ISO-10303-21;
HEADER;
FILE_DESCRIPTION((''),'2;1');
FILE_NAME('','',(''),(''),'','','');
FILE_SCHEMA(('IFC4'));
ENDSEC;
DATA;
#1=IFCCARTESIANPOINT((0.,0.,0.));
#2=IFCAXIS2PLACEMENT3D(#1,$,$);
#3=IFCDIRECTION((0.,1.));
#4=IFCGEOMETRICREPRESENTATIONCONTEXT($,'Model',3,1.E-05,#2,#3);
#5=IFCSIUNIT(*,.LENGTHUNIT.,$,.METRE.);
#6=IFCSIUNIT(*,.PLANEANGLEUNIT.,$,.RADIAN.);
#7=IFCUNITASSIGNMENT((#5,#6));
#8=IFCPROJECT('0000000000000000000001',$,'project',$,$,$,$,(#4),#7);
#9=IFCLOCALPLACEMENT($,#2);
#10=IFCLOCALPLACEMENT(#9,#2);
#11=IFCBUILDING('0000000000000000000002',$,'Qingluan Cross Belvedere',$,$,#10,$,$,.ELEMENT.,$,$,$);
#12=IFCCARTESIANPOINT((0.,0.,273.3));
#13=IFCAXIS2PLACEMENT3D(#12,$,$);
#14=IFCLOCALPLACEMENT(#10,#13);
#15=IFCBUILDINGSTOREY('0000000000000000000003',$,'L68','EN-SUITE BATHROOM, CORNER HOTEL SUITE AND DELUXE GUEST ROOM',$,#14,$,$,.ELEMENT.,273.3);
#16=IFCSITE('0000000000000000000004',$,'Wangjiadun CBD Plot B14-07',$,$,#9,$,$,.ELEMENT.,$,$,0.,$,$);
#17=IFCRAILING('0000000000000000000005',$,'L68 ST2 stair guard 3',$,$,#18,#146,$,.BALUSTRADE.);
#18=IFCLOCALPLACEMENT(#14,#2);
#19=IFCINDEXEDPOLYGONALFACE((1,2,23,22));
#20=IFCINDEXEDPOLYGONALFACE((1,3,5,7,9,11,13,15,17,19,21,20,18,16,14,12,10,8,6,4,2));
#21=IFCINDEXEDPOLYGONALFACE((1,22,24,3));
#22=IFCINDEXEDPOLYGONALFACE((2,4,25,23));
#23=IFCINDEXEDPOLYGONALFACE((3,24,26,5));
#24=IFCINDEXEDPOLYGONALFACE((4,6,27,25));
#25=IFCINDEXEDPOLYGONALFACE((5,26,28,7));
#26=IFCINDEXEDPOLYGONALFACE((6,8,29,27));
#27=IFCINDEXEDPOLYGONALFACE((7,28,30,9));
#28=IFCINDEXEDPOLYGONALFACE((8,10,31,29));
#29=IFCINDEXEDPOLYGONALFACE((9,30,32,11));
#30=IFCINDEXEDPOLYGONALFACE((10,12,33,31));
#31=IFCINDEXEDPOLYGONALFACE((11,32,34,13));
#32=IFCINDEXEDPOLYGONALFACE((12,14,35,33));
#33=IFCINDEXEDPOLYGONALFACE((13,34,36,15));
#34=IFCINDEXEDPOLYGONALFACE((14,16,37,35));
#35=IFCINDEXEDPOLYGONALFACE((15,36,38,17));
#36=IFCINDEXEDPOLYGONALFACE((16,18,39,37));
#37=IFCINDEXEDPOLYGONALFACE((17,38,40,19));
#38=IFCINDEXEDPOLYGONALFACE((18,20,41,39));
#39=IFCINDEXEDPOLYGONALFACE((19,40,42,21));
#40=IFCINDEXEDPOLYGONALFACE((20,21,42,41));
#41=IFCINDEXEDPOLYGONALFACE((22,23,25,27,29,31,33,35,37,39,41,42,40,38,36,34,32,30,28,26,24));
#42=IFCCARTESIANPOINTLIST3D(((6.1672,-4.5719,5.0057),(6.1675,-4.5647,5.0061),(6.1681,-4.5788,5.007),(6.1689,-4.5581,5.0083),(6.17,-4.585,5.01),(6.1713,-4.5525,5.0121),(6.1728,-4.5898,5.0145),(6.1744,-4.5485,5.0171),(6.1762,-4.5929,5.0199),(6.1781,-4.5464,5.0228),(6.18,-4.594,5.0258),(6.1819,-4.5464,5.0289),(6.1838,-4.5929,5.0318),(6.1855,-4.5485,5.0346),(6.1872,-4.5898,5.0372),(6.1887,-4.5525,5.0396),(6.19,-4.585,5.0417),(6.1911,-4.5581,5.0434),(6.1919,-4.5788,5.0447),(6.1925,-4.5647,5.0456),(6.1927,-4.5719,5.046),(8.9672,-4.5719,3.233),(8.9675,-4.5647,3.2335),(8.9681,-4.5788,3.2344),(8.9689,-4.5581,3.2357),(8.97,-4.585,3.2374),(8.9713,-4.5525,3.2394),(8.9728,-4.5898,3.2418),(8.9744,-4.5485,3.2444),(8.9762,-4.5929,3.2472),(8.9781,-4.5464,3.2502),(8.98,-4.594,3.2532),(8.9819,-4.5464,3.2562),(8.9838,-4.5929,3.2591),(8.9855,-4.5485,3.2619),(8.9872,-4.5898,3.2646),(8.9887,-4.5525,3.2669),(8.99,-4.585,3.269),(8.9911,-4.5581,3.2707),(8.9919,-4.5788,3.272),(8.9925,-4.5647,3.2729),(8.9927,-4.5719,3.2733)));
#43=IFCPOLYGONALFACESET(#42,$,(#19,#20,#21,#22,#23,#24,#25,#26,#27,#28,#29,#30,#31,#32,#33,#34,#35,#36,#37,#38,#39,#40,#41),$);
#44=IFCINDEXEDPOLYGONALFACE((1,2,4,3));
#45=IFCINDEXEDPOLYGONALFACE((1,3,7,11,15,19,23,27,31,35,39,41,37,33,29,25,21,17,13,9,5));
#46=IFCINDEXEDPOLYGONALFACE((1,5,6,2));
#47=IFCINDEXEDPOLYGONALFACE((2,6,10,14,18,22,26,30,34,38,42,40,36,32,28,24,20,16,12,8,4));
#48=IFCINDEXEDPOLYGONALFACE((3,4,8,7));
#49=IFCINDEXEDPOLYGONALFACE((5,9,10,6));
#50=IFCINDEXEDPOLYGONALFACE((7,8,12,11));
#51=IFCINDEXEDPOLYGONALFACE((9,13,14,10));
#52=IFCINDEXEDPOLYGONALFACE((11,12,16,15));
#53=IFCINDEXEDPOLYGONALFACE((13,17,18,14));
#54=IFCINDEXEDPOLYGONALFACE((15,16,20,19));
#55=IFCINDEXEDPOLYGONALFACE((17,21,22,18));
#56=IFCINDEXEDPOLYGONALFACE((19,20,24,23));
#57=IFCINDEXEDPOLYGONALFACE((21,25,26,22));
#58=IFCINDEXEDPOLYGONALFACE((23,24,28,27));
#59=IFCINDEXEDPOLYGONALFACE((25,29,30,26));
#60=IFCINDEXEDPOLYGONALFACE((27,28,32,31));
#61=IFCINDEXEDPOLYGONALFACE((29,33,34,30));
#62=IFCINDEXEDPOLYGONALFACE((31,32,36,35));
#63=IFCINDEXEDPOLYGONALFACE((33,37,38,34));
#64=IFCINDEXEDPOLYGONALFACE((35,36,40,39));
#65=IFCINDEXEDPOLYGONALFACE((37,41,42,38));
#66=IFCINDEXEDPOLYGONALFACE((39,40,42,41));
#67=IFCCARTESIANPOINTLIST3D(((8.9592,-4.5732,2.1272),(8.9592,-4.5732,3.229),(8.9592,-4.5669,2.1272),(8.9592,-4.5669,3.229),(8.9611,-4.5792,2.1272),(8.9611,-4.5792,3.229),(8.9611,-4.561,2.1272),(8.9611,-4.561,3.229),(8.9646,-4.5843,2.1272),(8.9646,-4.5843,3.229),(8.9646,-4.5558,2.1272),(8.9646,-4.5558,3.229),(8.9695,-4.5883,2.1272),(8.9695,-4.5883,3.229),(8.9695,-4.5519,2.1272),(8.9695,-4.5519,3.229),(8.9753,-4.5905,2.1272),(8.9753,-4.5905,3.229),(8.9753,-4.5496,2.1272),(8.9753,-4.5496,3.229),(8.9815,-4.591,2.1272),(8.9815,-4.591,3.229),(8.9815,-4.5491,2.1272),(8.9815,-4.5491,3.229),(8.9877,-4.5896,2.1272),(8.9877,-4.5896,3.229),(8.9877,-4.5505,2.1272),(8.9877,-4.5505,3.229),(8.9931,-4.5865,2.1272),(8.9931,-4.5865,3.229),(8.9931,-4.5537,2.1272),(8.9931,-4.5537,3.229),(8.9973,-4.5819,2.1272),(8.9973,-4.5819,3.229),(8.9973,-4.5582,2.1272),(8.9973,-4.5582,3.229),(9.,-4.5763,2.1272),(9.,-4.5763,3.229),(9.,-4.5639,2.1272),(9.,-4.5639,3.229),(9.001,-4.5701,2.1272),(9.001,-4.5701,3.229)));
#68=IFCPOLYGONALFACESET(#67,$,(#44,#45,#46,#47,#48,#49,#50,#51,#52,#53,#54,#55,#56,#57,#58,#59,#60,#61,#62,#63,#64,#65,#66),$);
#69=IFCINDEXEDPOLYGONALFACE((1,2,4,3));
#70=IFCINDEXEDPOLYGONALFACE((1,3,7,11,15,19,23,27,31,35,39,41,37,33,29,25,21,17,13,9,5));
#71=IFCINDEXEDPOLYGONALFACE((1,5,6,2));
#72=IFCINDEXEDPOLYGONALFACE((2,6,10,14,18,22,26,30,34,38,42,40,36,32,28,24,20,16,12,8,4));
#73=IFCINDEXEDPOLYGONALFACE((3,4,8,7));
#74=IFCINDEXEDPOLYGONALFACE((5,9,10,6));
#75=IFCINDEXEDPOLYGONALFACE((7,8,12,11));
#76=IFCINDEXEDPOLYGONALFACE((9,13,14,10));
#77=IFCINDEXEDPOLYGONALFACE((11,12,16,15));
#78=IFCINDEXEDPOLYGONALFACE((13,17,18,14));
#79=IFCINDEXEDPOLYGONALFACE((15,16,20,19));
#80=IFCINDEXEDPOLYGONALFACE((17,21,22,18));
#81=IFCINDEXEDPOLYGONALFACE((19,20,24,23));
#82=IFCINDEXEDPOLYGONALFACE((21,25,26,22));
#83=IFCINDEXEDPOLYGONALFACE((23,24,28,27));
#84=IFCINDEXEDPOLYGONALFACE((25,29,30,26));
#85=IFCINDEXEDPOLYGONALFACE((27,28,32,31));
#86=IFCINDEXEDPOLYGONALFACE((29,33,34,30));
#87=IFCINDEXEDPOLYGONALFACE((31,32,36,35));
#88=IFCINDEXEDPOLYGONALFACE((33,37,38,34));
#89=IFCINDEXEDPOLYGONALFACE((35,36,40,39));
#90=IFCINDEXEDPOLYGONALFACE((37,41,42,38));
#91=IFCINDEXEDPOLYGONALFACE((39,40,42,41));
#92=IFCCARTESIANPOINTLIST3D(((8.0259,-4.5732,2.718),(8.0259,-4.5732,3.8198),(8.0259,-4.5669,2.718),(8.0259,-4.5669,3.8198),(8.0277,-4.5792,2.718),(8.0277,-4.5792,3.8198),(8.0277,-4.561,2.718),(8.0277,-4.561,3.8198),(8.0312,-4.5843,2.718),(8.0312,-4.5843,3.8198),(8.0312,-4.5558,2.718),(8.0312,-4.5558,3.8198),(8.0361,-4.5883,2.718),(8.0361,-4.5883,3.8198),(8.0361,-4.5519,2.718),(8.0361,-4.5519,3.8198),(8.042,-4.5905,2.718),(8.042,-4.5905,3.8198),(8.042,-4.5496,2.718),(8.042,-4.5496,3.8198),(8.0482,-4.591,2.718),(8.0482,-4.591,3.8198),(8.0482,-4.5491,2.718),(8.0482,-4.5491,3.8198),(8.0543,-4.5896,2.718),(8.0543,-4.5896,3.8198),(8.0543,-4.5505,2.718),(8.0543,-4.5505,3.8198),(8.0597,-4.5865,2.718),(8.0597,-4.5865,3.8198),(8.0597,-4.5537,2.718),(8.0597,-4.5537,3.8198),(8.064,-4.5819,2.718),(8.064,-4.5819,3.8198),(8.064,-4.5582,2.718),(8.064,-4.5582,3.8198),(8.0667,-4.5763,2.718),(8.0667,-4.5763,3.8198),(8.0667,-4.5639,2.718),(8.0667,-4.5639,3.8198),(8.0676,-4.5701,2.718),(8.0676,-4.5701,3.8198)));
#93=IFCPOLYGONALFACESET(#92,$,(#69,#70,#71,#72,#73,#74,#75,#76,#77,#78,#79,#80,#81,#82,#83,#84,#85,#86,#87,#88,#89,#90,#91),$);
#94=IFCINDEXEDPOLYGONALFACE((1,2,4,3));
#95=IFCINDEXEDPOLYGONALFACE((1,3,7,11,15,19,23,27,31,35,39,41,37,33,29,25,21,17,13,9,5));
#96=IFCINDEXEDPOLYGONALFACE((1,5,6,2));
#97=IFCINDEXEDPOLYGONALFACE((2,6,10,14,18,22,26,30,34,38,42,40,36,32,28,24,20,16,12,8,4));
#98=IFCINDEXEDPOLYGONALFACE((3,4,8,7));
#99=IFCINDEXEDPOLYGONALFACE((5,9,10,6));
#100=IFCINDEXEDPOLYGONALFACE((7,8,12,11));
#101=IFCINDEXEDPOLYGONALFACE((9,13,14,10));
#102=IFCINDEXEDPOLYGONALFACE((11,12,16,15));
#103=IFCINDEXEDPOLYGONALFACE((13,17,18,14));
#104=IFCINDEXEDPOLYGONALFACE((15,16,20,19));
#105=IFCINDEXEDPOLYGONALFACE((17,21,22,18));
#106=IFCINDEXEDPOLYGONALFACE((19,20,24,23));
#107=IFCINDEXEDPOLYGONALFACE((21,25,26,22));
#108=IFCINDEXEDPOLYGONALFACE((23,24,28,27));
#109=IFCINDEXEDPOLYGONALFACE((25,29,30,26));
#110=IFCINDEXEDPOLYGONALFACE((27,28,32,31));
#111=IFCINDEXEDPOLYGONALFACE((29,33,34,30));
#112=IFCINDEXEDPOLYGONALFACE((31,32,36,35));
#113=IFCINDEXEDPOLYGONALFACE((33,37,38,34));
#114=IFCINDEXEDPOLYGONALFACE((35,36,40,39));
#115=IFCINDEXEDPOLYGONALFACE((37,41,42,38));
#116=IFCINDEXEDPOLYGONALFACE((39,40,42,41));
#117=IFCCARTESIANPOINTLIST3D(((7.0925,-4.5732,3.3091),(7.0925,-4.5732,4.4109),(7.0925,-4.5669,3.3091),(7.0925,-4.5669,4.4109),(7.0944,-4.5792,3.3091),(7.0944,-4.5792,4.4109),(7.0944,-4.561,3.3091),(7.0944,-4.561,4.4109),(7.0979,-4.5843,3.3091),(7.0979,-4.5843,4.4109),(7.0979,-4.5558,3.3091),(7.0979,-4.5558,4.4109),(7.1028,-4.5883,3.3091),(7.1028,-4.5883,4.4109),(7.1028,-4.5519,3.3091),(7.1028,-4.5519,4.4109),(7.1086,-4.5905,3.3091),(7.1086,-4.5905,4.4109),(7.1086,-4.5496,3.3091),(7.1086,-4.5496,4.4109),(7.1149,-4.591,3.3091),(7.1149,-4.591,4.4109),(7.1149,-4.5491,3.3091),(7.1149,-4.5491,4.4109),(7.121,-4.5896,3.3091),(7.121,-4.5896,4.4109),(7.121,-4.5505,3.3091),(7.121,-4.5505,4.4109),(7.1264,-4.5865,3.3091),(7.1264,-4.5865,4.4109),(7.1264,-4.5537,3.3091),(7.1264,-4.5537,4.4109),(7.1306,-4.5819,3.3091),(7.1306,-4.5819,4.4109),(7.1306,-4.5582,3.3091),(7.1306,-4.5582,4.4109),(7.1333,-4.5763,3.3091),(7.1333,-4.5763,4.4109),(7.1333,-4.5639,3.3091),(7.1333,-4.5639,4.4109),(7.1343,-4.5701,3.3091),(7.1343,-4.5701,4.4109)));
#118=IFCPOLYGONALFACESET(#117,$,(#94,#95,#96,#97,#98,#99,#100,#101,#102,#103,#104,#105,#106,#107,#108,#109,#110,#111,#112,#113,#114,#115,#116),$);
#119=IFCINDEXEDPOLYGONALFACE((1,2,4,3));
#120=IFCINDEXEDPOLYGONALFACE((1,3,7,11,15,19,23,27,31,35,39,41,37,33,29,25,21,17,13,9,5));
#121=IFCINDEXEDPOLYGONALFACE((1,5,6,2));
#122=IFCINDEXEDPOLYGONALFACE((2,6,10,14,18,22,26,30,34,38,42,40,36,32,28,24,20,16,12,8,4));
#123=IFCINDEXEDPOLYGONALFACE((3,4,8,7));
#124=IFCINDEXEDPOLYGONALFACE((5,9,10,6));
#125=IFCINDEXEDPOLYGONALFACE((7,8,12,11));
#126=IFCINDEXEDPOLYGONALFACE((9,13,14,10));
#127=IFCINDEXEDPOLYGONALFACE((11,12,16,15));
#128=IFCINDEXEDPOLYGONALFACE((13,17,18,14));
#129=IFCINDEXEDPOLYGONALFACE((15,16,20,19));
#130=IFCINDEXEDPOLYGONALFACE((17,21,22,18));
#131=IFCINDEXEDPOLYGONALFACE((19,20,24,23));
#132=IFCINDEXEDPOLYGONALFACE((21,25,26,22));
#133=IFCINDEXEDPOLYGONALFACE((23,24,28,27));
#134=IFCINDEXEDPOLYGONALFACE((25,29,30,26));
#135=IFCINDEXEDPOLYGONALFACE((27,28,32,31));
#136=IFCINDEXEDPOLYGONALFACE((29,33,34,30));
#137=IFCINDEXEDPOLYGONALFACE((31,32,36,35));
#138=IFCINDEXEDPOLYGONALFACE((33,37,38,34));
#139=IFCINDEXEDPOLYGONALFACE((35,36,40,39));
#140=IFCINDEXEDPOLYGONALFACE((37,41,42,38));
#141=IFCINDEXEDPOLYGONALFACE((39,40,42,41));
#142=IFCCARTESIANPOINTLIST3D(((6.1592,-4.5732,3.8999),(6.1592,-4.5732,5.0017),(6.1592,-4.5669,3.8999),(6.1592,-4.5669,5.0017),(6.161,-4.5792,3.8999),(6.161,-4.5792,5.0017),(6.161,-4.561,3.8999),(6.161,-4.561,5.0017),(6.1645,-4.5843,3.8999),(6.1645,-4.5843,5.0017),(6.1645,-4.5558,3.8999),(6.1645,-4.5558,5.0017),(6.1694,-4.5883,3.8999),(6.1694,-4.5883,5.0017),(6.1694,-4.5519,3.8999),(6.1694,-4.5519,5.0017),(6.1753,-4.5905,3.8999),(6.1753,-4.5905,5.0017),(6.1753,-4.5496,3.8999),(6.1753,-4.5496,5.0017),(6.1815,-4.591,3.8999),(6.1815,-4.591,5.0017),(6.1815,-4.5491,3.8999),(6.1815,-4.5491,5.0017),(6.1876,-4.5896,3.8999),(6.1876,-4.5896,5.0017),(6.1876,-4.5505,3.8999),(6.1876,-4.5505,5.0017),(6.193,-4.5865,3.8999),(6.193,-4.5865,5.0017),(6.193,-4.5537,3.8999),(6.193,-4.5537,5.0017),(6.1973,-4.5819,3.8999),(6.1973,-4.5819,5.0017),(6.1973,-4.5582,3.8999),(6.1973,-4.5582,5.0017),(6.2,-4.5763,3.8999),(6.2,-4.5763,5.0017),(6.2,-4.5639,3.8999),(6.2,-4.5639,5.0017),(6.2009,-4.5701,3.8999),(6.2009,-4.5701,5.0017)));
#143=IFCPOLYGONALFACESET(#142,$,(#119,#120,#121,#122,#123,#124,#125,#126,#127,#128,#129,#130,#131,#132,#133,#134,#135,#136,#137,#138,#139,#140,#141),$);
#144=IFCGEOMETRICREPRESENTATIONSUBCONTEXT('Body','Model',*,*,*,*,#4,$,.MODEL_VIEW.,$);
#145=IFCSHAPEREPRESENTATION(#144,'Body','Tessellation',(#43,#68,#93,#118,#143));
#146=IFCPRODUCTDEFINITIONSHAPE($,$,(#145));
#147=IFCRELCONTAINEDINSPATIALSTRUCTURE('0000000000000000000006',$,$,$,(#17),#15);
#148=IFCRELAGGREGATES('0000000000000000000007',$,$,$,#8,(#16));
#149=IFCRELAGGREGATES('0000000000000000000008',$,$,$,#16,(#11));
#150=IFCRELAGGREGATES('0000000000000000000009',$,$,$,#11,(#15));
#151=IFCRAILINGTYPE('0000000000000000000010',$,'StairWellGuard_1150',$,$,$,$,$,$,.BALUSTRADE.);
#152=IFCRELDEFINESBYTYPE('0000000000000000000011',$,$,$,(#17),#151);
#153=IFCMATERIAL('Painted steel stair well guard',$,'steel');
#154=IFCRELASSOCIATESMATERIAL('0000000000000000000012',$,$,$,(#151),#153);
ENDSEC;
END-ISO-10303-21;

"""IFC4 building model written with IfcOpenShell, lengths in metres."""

from ifc_helpers import new_model, si_unit, direction, frame, origin, origin_2d, place, context, subcontext, project, spatial, circle, extrude, material, type_object, element, save


model = new_model("IFC4")

# Units and contexts
model_context = context("Model", 3, precision=1e-05, world=origin(), true_north=direction((0.0, 1.0)))
body_context = subcontext(model_context, "Body", "Model", "MODEL_VIEW")
ifc_project = project(units=[si_unit("LENGTHUNIT", "METRE"), si_unit("PLANEANGLEUNIT", "RADIAN")], contexts=[model_context])

# Site, building, storey
site_placement = place(None, origin())
site = spatial("IfcSite", under=ifc_project, at=site_placement, Name="Wangjiadun CBD Plot B14-07", CompositionType="ELEMENT", RefElevation=0.0)
building_placement = place(site_placement, origin())
building = spatial("IfcBuilding", under=site, at=building_placement, Name="Qingluan Cross Belvedere", CompositionType="ELEMENT")
storey_placement = place(building_placement, frame((0.0, 0.0, 273.3)))
storey = spatial("IfcBuildingStorey", under=building, at=storey_placement, Name="L68", Description="EN-SUITE BATHROOM, CORNER HOTEL SUITE AND DELUXE GUEST ROOM", CompositionType="ELEMENT", Elevation=273.3)

# Railing
ifc_material_1 = material(Name="Painted steel stair well guard", Category="steel")
railing_type_1 = type_object("IfcRailingType", Name="StairWellGuard_1150", PredefinedType="BALUSTRADE", material=ifc_material_1)
railing_1_placement = place(storey_placement, frame((8.98, -4.5701, 2.1272)))
element("IfcRailing", 1, at=railing_1_placement, inside=storey, type_object=railing_type_1, Name="L68 ST2 stair guard 3", PredefinedType="BALUSTRADE", context=body_context, shape_type="SweptSolid", body=[
    extrude(circle(Radius=0.0239, at=origin_2d()), frame((0.0, 0.0, 1.126), z_axis=(-0.844909, 0.0, 0.53491), x_axis=(0.0, -1.0, 0.0)), (0.0, 0.0, 1.0), 3.314),
    extrude(circle(Radius=0.021, at=origin_2d()), origin(), (0.0, 0.0, 1.0), 1.1018),
    extrude(circle(Radius=0.021, at=origin_2d()), frame((-0.9333, 0.0, 0.5908)), (0.0, 0.0, 1.0), 1.1018),
    extrude(circle(Radius=0.021, at=origin_2d()), frame((-1.8667, 0.0, 1.1819)), (0.0, 0.0, 1.0), 1.1018),
    extrude(circle(Radius=0.021, at=origin_2d()), frame((-2.8, 0.0, 1.7727)), (0.0, 0.0, 1.0), 1.1018),
])

save(model, "model.ifc")
